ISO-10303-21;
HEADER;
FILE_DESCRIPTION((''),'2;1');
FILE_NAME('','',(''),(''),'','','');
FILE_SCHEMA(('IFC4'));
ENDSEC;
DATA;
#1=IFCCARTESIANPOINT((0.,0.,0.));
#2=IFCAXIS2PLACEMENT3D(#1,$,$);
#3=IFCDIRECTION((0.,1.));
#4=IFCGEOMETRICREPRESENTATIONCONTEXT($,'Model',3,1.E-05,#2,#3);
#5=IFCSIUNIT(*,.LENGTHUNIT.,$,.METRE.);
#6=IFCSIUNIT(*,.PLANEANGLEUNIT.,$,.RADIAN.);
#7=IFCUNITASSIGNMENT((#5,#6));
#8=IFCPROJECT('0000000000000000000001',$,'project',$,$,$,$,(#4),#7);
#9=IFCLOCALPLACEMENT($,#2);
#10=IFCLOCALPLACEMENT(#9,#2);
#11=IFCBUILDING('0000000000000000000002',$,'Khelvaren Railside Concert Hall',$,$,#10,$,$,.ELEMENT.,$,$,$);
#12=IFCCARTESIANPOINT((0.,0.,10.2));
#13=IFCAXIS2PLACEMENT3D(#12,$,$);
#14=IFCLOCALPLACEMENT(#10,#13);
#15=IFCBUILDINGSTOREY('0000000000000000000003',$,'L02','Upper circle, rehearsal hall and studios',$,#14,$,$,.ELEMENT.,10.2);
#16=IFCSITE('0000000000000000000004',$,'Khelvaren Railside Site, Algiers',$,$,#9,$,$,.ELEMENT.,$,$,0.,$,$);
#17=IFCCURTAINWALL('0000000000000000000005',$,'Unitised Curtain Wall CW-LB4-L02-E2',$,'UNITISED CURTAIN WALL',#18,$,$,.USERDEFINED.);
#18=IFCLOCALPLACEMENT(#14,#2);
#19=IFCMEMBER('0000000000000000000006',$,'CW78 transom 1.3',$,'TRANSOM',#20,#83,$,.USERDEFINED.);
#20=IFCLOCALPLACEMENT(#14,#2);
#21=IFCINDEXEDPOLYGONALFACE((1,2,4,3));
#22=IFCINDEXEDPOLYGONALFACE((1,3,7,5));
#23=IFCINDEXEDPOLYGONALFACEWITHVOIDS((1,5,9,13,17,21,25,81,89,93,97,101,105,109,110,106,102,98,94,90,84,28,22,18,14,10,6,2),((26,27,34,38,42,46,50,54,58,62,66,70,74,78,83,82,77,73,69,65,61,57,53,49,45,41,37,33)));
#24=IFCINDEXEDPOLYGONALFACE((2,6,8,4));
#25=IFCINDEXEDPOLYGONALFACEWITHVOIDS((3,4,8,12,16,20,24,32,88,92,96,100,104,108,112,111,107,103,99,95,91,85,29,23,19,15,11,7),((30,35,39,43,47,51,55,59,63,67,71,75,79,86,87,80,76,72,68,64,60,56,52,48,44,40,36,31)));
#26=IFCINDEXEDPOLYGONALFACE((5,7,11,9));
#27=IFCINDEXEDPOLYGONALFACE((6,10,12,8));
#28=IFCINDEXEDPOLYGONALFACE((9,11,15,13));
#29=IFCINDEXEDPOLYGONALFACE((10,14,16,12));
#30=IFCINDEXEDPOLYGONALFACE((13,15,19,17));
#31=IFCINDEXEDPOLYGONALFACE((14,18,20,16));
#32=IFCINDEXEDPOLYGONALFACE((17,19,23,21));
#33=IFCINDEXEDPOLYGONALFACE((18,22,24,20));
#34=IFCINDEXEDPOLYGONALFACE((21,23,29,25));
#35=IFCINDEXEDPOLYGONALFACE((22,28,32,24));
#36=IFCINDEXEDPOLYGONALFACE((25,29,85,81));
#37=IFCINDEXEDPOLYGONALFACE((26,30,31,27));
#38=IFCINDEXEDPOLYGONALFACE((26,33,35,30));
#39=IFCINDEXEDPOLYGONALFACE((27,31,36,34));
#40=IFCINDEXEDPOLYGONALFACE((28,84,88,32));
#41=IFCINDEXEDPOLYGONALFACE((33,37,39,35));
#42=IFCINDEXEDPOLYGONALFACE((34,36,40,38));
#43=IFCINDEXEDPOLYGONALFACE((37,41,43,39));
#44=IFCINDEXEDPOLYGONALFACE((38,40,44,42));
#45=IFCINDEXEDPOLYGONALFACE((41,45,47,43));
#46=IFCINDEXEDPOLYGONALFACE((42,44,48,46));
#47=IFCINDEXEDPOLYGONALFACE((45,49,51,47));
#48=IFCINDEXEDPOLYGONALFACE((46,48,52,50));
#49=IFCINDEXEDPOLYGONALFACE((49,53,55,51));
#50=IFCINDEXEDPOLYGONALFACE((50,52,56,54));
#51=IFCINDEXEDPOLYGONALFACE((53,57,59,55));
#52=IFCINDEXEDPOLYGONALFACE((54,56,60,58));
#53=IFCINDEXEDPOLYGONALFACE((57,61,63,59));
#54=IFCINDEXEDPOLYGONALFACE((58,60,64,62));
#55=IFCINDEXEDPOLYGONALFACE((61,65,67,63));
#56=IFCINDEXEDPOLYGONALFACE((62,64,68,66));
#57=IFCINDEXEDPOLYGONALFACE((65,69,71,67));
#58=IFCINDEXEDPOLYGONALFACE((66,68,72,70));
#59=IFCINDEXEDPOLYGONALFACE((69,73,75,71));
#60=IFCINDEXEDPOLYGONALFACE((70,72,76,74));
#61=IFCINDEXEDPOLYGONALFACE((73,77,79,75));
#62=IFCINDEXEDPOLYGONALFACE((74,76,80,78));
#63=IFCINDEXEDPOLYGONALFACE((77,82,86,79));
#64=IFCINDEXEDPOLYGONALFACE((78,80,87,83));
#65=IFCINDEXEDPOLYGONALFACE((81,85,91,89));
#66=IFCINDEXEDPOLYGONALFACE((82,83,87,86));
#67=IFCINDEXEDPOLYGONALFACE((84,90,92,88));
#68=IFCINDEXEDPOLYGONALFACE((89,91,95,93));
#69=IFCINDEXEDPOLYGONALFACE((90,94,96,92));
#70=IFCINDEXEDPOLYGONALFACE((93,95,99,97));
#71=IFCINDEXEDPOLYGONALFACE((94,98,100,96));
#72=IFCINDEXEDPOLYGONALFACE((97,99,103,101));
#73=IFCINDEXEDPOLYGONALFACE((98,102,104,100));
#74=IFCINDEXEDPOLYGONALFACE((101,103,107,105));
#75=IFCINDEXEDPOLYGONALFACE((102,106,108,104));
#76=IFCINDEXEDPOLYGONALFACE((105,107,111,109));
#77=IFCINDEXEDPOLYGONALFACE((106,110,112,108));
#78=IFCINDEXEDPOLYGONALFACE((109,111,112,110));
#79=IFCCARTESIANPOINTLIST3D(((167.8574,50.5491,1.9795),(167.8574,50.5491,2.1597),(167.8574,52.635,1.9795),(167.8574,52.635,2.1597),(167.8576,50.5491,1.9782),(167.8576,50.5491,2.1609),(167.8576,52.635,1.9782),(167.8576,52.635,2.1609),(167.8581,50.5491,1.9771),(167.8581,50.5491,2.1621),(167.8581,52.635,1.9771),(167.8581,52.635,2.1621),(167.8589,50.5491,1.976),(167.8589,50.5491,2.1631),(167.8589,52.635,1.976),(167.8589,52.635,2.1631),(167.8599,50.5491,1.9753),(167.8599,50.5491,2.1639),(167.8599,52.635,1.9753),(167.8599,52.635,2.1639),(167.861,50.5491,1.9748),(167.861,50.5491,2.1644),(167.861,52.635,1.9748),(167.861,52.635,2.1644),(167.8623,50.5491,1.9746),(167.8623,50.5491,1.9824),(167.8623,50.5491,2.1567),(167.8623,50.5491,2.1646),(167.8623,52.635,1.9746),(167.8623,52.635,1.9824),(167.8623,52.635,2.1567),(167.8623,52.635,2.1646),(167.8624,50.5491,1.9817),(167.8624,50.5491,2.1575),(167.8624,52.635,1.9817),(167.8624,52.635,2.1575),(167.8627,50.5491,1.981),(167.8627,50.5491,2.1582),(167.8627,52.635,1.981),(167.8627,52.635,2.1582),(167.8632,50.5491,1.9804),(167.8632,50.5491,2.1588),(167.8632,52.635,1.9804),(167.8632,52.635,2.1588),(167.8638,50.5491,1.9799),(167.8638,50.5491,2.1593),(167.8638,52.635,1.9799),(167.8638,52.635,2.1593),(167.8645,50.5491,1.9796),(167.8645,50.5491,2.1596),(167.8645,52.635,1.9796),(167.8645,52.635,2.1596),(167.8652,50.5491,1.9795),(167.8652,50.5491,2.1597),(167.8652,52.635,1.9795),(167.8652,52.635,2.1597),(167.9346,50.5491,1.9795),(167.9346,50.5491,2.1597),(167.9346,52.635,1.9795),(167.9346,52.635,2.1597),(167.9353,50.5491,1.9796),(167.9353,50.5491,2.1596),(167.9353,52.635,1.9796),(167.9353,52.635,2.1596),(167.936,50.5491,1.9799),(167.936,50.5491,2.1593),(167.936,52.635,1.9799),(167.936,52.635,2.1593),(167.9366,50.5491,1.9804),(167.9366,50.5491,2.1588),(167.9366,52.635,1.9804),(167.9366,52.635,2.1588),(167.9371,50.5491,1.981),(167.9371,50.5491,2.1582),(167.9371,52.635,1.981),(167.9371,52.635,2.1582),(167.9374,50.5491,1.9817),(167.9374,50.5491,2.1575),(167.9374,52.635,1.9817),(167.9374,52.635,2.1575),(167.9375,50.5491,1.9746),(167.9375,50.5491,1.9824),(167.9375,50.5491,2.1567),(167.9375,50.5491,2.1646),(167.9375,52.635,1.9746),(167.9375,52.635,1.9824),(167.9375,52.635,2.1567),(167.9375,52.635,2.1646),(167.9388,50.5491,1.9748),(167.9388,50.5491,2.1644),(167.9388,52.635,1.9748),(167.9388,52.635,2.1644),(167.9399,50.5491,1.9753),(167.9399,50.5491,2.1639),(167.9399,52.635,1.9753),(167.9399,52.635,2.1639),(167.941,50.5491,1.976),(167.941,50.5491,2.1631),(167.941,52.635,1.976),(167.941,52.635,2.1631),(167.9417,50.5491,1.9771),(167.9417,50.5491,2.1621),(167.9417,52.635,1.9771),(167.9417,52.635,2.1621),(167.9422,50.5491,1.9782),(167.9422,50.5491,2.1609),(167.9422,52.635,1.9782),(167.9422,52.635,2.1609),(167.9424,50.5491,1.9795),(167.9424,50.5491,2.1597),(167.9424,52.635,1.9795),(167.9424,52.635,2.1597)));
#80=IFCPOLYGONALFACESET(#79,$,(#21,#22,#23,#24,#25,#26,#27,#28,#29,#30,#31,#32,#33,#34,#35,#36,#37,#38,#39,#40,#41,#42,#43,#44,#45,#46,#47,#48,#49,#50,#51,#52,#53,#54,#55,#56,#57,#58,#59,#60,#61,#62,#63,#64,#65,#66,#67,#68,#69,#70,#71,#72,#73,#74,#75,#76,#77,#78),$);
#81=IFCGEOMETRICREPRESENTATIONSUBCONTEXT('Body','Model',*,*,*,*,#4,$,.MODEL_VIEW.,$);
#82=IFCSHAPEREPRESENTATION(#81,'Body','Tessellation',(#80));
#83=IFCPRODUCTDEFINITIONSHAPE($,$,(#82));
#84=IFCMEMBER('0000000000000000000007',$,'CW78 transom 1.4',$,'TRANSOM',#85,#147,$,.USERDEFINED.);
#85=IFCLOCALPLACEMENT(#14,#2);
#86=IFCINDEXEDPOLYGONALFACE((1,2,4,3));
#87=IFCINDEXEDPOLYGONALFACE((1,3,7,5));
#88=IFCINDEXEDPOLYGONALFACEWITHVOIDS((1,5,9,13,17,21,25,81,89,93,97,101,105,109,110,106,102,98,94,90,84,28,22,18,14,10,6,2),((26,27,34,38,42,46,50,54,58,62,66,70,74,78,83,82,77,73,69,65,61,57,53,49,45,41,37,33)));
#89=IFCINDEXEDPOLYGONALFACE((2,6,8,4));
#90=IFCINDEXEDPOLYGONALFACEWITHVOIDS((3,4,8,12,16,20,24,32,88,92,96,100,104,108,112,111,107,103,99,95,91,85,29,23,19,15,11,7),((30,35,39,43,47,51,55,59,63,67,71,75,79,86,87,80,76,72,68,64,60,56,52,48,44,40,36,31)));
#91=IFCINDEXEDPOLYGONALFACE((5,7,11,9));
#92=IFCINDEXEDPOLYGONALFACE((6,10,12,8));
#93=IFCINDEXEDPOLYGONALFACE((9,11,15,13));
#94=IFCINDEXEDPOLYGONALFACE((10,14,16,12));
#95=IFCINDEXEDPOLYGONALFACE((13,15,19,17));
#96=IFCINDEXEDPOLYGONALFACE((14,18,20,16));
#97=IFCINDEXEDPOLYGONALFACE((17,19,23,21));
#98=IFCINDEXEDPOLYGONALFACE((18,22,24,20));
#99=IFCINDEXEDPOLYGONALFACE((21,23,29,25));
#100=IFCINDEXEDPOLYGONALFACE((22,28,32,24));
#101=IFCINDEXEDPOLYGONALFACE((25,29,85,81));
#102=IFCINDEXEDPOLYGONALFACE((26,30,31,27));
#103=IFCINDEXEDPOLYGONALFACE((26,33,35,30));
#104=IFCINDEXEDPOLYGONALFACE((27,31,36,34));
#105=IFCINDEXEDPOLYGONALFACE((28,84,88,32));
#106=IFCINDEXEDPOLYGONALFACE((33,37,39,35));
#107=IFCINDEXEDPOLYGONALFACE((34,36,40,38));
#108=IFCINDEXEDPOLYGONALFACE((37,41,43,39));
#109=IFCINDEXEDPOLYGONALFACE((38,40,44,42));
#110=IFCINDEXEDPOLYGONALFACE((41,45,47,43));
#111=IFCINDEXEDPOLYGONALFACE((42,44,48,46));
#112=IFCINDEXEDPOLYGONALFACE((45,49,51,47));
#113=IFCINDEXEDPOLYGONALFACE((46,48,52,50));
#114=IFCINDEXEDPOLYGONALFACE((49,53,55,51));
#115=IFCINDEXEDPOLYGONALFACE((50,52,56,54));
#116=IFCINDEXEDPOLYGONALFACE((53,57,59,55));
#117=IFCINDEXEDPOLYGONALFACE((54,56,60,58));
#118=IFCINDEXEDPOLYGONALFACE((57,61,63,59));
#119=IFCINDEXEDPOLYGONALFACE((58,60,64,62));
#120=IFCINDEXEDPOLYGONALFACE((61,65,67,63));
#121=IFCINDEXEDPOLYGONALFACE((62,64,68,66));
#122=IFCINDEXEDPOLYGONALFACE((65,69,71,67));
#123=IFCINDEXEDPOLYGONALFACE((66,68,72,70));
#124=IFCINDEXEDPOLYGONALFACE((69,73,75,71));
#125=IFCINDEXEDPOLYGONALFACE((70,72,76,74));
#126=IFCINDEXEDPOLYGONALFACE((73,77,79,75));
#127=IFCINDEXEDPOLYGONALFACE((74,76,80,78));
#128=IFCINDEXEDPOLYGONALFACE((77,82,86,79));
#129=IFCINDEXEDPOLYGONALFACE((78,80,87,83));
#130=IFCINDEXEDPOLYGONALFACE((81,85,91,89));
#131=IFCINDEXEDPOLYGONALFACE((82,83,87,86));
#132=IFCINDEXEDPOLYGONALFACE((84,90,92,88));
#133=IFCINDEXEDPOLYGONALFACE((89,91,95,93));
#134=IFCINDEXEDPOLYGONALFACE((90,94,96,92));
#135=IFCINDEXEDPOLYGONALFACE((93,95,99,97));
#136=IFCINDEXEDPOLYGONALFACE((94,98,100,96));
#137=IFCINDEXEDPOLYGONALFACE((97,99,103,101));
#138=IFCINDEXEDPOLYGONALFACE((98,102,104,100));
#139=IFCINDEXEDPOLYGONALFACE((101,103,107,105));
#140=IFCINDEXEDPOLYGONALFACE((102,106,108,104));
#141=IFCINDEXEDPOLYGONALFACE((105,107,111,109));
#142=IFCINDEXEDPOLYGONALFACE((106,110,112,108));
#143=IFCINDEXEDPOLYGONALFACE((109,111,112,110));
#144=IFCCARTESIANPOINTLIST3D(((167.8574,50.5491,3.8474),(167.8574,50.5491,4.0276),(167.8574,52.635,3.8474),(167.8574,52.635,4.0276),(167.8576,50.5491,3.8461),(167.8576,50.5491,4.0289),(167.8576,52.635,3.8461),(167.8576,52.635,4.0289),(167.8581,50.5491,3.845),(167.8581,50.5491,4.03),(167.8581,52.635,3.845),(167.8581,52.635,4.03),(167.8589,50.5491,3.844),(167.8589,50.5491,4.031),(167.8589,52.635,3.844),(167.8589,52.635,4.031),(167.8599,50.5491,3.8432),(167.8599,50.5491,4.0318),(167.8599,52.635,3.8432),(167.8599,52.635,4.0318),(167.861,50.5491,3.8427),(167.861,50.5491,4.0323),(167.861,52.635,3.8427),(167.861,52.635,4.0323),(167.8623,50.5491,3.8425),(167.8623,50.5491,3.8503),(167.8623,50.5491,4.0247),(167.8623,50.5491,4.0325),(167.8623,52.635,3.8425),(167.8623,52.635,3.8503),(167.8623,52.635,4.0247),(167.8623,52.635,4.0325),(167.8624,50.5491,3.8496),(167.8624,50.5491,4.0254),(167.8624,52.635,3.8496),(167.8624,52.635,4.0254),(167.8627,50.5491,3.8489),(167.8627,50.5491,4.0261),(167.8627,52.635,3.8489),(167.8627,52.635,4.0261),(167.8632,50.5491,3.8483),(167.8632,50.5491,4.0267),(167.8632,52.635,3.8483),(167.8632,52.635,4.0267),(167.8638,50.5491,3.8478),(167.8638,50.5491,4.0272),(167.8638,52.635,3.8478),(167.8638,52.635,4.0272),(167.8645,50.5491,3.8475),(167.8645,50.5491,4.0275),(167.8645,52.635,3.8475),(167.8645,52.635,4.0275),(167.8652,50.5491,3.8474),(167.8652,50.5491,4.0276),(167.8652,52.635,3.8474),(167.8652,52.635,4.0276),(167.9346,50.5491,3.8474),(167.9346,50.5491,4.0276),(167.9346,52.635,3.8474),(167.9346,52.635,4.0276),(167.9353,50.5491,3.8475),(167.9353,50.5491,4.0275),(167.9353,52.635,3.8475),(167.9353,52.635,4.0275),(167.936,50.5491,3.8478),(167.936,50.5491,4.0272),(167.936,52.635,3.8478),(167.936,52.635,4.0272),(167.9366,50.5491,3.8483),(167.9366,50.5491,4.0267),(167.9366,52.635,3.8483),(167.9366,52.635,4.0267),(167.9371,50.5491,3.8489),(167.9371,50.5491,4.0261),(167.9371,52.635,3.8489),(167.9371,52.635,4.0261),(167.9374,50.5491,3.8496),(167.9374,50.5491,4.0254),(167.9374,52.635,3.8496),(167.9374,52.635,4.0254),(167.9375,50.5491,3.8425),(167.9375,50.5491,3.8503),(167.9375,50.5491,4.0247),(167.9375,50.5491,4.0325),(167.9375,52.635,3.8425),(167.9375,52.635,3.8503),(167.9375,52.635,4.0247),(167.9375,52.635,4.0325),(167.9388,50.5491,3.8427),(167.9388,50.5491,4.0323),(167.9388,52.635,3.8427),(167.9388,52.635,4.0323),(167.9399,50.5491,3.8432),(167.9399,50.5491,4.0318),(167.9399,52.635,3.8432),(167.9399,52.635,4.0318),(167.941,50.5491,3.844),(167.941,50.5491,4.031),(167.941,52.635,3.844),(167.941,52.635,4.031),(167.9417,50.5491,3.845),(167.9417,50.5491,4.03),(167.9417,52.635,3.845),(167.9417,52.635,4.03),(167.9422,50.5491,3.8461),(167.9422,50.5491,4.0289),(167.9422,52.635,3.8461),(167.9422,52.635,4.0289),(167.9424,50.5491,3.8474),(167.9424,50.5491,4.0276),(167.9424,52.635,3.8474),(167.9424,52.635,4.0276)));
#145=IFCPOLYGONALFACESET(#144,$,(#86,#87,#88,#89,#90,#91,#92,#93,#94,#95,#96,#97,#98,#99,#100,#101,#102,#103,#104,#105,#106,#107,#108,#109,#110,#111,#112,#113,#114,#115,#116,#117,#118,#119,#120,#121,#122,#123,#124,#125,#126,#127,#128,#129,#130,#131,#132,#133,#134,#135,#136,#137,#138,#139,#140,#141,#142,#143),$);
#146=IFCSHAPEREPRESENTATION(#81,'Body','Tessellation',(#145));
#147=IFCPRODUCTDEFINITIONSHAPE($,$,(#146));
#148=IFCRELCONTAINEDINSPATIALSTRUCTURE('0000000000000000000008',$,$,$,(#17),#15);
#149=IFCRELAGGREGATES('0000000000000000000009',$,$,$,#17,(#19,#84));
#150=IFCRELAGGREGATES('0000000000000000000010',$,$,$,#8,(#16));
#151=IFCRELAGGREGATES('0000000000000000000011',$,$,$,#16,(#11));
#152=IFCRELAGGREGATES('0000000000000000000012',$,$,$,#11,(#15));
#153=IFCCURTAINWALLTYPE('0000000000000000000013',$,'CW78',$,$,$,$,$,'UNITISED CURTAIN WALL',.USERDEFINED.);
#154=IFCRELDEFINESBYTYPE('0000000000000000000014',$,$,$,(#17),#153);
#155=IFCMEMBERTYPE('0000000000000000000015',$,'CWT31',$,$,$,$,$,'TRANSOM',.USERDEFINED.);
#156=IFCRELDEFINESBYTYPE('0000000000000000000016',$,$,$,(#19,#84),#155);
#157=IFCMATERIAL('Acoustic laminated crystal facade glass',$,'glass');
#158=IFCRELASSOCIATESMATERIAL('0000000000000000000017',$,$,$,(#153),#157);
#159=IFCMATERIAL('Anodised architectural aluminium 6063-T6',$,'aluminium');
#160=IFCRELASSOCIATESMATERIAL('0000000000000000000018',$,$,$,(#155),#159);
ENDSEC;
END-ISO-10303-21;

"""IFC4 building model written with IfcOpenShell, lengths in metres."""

from ifc_helpers import new_model, si_unit, direction, frame, origin, origin_2d, place, context, subcontext, project, spatial, hollow_rectangle, extrude, material, material_profile, profile_set, type_object, element, aggregate, save


model = new_model("IFC4")

# Units and contexts
model_context = context("Model", 3, precision=1e-05, world=origin(), true_north=direction((0.0, 1.0)))
body_context = subcontext(model_context, "Body", "Model", "MODEL_VIEW")
ifc_project = project(units=[si_unit("LENGTHUNIT", "METRE"), si_unit("PLANEANGLEUNIT", "RADIAN")], contexts=[model_context])

# Site, building, storey
site_placement = place(None, origin())
site = spatial("IfcSite", under=ifc_project, at=site_placement, Name="Khelvaren Railside Site, Algiers", CompositionType="ELEMENT", RefElevation=0.0)
building_placement = place(site_placement, origin())
building = spatial("IfcBuilding", under=site, at=building_placement, Name="Khelvaren Railside Concert Hall", CompositionType="ELEMENT")
storey_placement = place(building_placement, frame((0.0, 0.0, 10.2)))
storey = spatial("IfcBuildingStorey", under=building, at=storey_placement, Name="L02", Description="Upper circle, rehearsal hall and studios", CompositionType="ELEMENT", Elevation=10.2)

# Curtain wall
ifc_material_1 = material(Name="Acoustic laminated crystal facade glass", Category="glass")
curtain_wall_type = type_object("IfcCurtainWallType", Name="CW78", ElementType="UNITISED CURTAIN WALL", PredefinedType="USERDEFINED", material=ifc_material_1)
curtain_wall_1_placement = place(storey_placement, origin())
curtain_wall_1 = element("IfcCurtainWall", 1, at=curtain_wall_1_placement, inside=storey, type_object=curtain_wall_type, Name="Unitised Curtain Wall CW-LB4-L02-E2", ObjectType="UNITISED CURTAIN WALL", PredefinedType="USERDEFINED")
ifc_material_2 = material(Name="Anodised architectural aluminium 6063-T6", Category="aluminium")

# Members
ifc_material_profile_1 = material_profile(ifc_material_2, hollow_rectangle(XDim=0.085, YDim=0.1899, WallThickness=0.0049, InnerFilletRadius=0.0029, OuterFilletRadius=0.0049, at=origin_2d()), Name="CWT 85x190x5")
ifc_profile_set_1 = profile_set([ifc_material_profile_1], Name="Anodised architectural aluminium 6063-T6")
member_type_1 = type_object("IfcMemberType", Name="CWT31", ElementType="TRANSOM", PredefinedType="USERDEFINED", material=ifc_profile_set_1)
member_1_placement = place(storey_placement, frame((167.8999, 52.635, 2.0696), z_axis=(0.0, -1.0, 0.0), x_axis=(1.0, 0.0, 0.0)))
member_1 = element("IfcMember", 2, at=member_1_placement, type_object=member_type_1, Name="CW78 transom 1.3", ObjectType="TRANSOM", PredefinedType="USERDEFINED", context=body_context, shape_type="SweptSolid", body=[
    extrude(hollow_rectangle(XDim=0.085, YDim=0.1899, WallThickness=0.0049, InnerFilletRadius=0.0029, OuterFilletRadius=0.0049, at=origin_2d()), origin(), (0.0, 0.0, 1.0), 2.0859),
])
member_2_placement = place(storey_placement, frame((167.8999, 52.635, 3.9375), z_axis=(0.0, -1.0, 0.0), x_axis=(1.0, 0.0, 0.0)))
member_2 = element("IfcMember", 3, at=member_2_placement, type_object=member_type_1, Name="CW78 transom 1.4", ObjectType="TRANSOM", PredefinedType="USERDEFINED", context=body_context, shape_type="SweptSolid", body=[
    extrude(hollow_rectangle(XDim=0.085, YDim=0.1899, WallThickness=0.0049, InnerFilletRadius=0.0029, OuterFilletRadius=0.0049, at=origin_2d()), origin(), (0.0, 0.0, 1.0), 2.0859),
])

aggregate(curtain_wall_1, [member_1, member_2])

save(model, "model.ifc")
